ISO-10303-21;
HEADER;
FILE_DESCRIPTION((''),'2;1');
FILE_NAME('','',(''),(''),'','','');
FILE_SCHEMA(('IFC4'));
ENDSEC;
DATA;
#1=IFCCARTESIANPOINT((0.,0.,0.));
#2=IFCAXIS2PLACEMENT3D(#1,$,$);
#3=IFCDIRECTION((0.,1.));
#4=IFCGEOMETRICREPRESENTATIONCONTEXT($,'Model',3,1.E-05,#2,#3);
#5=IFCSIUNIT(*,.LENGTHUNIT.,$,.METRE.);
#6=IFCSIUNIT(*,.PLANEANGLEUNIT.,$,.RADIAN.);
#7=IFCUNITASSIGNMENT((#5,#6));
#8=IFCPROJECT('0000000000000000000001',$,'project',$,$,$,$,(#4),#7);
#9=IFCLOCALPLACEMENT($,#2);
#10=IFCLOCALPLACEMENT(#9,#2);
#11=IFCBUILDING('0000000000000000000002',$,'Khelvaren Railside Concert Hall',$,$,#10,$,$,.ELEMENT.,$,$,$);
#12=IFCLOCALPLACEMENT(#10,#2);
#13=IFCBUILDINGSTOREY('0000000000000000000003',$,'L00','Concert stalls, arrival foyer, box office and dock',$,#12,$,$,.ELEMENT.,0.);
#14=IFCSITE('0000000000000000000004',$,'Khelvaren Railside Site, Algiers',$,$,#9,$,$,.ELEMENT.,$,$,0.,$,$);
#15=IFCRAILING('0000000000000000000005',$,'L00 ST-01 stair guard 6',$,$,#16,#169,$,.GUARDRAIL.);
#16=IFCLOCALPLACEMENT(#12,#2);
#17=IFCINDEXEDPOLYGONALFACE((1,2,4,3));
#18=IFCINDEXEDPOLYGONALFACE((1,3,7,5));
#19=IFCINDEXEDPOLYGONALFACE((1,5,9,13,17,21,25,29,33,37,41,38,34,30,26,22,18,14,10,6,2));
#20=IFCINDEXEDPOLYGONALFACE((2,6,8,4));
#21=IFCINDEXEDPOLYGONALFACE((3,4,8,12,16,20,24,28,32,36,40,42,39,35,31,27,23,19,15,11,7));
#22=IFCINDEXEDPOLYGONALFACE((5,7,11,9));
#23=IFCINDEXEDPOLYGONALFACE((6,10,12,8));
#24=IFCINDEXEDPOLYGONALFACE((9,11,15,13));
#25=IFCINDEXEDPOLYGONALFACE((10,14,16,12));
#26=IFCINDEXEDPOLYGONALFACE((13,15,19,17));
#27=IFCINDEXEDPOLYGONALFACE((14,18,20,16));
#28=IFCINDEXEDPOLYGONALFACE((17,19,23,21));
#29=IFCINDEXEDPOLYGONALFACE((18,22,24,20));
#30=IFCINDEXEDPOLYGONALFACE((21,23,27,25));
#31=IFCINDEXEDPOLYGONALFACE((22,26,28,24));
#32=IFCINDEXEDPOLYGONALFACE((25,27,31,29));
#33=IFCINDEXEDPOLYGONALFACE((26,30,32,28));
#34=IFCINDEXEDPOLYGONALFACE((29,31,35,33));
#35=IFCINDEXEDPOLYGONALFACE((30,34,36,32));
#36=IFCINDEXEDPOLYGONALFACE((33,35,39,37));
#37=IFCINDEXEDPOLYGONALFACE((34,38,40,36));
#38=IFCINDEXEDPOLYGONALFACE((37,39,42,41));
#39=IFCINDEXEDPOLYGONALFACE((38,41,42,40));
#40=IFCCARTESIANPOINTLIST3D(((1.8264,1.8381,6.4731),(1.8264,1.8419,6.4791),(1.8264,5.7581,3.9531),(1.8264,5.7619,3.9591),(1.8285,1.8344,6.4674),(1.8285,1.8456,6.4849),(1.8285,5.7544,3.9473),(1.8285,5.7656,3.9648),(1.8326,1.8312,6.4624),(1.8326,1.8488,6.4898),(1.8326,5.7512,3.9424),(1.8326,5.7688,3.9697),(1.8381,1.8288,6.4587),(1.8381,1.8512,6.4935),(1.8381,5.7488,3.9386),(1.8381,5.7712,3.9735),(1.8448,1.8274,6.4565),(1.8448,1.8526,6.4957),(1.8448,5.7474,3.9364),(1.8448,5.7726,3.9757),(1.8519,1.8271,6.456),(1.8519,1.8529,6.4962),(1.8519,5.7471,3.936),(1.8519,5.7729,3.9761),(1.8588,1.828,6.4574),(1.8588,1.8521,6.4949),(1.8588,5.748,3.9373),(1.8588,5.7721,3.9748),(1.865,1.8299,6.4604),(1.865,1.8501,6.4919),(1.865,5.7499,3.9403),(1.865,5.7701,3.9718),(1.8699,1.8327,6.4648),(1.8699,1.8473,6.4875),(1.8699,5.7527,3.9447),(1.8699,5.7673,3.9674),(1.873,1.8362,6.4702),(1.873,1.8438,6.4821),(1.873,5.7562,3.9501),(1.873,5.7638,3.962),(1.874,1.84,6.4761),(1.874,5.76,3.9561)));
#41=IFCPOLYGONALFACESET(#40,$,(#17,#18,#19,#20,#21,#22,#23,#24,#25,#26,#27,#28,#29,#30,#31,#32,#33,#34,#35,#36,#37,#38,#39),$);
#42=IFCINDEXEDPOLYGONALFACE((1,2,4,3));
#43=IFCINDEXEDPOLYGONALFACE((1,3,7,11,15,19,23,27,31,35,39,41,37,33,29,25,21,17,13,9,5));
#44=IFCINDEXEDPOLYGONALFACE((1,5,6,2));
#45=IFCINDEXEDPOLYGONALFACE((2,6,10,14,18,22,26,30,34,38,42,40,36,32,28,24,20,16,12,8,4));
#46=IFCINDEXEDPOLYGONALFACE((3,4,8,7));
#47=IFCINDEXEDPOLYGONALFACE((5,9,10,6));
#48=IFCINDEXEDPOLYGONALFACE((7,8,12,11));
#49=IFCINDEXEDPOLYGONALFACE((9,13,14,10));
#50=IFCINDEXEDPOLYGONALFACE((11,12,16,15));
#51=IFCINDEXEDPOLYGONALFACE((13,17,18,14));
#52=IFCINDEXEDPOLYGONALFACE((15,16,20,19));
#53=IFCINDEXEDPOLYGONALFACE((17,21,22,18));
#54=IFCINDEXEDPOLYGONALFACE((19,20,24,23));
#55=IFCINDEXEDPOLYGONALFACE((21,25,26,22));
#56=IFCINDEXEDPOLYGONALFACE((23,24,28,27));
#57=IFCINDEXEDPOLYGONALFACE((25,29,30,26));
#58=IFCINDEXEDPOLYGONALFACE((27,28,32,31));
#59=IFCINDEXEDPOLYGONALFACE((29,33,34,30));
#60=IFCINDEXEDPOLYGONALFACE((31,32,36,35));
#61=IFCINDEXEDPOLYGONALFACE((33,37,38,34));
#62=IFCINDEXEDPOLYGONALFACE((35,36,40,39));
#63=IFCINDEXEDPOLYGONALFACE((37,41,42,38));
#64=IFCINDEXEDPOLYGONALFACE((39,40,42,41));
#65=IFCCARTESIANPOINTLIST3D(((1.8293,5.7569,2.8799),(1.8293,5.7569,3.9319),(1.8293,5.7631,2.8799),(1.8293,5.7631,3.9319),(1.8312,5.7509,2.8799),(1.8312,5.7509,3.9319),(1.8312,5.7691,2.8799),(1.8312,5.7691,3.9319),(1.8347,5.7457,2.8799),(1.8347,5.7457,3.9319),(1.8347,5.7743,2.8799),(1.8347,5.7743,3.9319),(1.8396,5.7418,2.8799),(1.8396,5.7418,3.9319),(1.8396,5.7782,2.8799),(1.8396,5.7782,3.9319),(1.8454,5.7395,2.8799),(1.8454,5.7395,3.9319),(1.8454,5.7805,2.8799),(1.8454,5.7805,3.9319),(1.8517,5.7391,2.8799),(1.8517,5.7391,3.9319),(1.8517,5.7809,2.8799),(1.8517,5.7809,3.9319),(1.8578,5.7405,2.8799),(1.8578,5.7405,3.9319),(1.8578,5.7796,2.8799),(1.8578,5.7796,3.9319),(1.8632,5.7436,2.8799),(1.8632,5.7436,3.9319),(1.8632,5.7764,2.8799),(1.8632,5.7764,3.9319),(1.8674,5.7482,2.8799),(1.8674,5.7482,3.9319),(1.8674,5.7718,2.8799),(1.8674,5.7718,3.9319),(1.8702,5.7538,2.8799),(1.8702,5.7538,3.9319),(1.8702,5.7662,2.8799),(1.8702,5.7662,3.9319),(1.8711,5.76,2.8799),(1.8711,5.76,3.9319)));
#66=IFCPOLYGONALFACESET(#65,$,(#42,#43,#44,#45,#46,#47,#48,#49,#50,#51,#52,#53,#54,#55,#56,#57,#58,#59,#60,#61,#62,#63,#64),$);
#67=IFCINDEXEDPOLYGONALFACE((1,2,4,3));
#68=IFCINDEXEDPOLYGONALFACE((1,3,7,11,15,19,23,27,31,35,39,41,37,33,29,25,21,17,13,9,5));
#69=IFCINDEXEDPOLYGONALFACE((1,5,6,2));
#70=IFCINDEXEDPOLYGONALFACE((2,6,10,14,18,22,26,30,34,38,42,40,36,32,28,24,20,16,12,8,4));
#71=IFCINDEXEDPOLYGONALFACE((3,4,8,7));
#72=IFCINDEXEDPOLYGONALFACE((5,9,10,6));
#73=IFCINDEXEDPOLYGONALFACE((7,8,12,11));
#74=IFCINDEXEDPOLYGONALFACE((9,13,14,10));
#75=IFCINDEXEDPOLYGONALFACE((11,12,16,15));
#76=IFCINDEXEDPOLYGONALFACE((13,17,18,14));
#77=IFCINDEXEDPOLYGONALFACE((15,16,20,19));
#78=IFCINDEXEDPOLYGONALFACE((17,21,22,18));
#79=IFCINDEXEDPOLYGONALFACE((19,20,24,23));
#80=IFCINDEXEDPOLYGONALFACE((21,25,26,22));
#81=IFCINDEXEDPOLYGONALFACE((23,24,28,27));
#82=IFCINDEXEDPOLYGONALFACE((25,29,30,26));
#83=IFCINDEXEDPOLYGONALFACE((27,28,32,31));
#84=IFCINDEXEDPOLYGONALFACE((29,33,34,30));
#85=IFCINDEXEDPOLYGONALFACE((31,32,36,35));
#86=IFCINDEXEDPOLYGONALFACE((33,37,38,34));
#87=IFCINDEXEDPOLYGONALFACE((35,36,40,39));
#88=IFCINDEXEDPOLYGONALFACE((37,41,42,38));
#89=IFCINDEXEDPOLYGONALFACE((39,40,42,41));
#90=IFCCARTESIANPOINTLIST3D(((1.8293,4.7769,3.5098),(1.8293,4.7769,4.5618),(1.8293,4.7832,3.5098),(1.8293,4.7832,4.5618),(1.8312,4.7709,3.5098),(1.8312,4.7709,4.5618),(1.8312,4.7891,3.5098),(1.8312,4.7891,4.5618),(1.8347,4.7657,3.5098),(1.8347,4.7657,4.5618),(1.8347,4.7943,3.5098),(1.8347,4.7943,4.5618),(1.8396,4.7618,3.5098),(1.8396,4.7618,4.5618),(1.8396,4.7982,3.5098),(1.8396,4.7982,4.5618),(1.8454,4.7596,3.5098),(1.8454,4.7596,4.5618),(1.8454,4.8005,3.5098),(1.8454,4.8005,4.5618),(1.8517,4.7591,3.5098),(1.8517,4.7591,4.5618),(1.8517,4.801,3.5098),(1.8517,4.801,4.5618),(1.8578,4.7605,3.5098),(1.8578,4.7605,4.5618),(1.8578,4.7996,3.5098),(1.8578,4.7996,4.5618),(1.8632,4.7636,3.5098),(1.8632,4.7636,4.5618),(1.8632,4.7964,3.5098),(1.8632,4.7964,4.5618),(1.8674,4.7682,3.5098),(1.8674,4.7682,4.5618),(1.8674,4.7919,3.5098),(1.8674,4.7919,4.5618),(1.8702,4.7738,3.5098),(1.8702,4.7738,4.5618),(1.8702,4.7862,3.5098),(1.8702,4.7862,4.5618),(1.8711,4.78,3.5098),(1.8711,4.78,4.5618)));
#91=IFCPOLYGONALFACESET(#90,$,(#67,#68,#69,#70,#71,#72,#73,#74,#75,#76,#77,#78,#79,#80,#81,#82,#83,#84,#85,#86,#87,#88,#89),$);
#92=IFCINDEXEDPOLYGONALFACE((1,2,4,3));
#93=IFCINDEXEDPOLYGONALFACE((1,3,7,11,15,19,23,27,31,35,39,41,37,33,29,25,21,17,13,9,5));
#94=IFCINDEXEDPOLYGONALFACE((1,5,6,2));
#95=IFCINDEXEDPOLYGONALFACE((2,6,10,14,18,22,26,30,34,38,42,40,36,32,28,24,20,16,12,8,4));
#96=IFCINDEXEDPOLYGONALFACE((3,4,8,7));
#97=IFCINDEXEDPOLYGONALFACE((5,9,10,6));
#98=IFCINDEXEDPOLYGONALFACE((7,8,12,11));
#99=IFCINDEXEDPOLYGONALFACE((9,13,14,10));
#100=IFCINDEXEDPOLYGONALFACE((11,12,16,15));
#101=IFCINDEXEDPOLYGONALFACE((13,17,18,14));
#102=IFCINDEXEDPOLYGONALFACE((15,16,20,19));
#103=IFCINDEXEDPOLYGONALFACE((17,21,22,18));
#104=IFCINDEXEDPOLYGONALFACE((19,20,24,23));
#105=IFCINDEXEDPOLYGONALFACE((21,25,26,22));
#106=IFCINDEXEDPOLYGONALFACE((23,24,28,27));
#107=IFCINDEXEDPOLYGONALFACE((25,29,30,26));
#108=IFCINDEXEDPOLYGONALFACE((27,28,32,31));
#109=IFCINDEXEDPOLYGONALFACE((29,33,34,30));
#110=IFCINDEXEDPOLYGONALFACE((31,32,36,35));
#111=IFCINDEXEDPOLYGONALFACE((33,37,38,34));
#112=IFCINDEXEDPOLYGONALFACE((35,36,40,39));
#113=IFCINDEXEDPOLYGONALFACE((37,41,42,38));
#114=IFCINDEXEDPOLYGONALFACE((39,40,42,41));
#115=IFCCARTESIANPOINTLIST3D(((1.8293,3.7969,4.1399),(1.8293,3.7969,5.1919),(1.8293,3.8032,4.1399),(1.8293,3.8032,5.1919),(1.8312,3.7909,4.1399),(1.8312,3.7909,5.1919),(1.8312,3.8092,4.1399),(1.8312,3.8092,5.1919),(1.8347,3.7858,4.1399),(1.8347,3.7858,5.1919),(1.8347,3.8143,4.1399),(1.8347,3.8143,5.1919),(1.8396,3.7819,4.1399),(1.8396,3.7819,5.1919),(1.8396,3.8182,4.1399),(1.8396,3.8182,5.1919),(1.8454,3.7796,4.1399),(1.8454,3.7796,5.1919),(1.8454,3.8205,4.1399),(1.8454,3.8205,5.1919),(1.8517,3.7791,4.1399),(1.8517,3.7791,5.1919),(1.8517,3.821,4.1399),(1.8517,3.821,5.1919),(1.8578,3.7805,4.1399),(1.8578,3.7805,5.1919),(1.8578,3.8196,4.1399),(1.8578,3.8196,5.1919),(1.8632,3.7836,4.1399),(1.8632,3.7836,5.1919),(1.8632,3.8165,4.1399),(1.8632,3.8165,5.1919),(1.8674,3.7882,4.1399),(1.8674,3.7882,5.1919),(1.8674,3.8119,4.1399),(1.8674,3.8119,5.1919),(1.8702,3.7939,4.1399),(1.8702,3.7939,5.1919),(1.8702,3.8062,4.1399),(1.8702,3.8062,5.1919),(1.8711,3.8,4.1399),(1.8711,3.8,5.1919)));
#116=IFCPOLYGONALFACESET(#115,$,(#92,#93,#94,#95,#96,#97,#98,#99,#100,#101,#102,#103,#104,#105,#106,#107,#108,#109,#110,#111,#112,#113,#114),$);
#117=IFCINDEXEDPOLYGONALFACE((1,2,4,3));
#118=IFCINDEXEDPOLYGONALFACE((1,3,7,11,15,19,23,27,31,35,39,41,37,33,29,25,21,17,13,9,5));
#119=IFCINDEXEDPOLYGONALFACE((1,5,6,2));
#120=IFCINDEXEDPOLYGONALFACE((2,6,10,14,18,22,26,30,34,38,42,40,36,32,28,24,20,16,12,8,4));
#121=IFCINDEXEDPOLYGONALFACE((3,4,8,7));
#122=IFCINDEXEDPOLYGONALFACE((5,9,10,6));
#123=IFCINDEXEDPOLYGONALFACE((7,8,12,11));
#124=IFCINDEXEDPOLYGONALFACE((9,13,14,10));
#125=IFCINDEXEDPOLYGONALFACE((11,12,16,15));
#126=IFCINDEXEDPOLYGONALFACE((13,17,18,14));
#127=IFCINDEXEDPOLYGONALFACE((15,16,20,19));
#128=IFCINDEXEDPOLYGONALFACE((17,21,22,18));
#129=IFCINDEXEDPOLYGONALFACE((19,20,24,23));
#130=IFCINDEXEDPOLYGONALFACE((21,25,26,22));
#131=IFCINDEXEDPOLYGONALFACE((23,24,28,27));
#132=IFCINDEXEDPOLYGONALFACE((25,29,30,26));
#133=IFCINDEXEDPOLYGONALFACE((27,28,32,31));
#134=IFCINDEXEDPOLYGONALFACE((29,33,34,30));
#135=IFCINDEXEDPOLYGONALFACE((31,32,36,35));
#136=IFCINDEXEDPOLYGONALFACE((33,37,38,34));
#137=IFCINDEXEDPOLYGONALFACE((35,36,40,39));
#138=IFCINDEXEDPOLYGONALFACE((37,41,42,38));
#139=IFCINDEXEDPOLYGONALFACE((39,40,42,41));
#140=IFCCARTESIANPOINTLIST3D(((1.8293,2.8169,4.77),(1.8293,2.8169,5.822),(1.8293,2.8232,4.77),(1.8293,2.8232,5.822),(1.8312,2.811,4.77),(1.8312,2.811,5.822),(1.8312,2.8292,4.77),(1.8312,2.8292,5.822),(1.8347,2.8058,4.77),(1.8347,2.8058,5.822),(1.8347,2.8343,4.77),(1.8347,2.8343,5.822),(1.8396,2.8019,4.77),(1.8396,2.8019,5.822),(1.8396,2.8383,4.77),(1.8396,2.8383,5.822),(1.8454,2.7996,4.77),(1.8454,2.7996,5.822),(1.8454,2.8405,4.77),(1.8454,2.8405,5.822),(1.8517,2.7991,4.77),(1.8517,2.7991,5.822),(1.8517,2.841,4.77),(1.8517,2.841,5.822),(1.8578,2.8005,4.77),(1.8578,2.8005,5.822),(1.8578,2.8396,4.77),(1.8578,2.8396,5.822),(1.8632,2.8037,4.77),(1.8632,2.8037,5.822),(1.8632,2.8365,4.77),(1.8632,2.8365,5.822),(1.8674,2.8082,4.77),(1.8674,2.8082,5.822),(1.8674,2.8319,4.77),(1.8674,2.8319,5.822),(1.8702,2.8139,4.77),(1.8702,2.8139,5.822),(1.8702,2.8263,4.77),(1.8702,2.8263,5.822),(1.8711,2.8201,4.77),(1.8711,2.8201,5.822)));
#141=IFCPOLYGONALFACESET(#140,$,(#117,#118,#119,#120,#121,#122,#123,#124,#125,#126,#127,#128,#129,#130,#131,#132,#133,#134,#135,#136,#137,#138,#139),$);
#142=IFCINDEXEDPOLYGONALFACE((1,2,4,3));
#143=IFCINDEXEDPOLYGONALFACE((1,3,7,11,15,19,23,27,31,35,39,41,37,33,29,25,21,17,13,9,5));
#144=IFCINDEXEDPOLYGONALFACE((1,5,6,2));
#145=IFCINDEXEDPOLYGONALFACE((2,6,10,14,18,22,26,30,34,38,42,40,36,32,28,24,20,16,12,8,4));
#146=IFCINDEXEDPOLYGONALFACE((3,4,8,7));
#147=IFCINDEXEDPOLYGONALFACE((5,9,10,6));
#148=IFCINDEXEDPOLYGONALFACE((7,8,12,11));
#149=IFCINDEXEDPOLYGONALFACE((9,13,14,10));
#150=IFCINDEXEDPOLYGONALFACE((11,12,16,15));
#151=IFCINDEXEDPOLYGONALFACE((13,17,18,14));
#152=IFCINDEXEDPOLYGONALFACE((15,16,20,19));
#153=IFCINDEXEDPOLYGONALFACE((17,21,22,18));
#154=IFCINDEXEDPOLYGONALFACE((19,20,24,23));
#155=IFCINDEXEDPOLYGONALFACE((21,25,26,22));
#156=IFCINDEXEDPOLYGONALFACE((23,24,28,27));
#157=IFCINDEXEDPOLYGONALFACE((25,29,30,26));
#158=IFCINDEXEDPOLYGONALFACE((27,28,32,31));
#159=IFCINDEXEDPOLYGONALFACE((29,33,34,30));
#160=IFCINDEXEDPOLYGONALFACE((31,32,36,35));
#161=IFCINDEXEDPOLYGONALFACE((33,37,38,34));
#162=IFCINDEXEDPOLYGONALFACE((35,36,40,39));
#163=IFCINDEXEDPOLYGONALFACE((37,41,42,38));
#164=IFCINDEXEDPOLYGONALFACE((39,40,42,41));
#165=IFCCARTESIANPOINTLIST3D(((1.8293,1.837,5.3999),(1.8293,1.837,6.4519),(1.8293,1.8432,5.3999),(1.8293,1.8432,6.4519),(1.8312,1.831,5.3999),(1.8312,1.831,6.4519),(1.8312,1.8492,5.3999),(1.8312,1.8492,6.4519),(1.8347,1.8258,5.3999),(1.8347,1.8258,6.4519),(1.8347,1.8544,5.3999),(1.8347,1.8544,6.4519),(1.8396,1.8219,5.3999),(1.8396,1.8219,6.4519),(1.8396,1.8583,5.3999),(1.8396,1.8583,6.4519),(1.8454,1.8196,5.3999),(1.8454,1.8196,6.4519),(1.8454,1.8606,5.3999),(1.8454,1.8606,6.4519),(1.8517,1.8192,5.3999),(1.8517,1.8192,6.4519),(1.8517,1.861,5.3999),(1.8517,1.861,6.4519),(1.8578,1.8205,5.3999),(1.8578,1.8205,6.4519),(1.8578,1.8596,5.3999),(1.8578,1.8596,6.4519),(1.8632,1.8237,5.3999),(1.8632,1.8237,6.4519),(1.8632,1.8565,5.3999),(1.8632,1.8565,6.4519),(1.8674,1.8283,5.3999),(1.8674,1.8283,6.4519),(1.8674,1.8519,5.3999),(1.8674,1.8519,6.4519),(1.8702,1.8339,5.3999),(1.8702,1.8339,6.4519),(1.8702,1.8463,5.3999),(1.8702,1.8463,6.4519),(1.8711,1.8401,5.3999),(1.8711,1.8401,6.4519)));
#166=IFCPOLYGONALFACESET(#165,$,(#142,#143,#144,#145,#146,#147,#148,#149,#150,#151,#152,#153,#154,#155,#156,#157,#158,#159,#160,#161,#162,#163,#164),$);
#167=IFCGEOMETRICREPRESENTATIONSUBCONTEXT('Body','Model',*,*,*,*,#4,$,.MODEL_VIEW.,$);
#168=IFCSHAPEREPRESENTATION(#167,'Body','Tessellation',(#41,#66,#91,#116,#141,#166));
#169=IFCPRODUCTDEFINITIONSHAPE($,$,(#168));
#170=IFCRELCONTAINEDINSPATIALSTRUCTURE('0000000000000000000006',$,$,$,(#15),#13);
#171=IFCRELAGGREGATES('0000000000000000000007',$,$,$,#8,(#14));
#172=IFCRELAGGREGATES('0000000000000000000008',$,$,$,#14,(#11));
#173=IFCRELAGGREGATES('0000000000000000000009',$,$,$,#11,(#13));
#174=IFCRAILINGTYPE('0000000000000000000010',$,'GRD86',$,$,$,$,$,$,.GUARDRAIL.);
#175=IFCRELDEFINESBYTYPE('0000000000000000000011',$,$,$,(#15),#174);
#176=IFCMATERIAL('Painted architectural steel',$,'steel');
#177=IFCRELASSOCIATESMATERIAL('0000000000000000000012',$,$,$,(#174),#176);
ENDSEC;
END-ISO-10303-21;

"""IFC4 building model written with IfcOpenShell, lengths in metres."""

from ifc_helpers import new_model, si_unit, direction, frame, origin, origin_2d, place, context, subcontext, project, spatial, circle, extrude, material, type_object, element, save


model = new_model("IFC4")

# Units and contexts
model_context = context("Model", 3, precision=1e-05, world=origin(), true_north=direction((0.0, 1.0)))
body_context = subcontext(model_context, "Body", "Model", "MODEL_VIEW")
ifc_project = project(units=[si_unit("LENGTHUNIT", "METRE"), si_unit("PLANEANGLEUNIT", "RADIAN")], contexts=[model_context])

# Site, building, storey
site_placement = place(None, origin())
site = spatial("IfcSite", under=ifc_project, at=site_placement, Name="Khelvaren Railside Site, Algiers", CompositionType="ELEMENT", RefElevation=0.0)
building_placement = place(site_placement, origin())
building = spatial("IfcBuilding", under=site, at=building_placement, Name="Khelvaren Railside Concert Hall", CompositionType="ELEMENT")
storey_placement = place(building_placement, origin())
storey = spatial("IfcBuildingStorey", under=building, at=storey_placement, Name="L00", Description="Concert stalls, arrival foyer, box office and dock", CompositionType="ELEMENT", Elevation=0.0)

# Railing
ifc_material_1 = material(Name="Painted architectural steel", Category="steel")
railing_type_1 = type_object("IfcRailingType", Name="GRD86", PredefinedType="GUARDRAIL", material=ifc_material_1)
railing_1_placement = place(storey_placement, frame((1.8501, 5.76, 2.8799)))
element("IfcRailing", 1, at=railing_1_placement, inside=storey, type_object=railing_type_1, Name="L00 ST-01 stair guard 6", PredefinedType="GUARDRAIL", context=body_context, shape_type="SweptSolid", body=[
    extrude(circle(Radius=0.0239, at=origin_2d()), frame((0.0, 0.0, 1.0762), z_axis=(0.0, -0.841172, 0.540768), x_axis=(1.0, 0.0, 0.0)), (0.0, 0.0, 1.0), 4.6602),
    extrude(circle(Radius=0.021, at=origin_2d()), origin(), (0.0, 0.0, 1.0), 1.052),
    extrude(circle(Radius=0.021, at=origin_2d()), frame((0.0, -0.98, 0.6299)), (0.0, 0.0, 1.0), 1.052),
    extrude(circle(Radius=0.021, at=origin_2d()), frame((0.0, -1.96, 1.26)), (0.0, 0.0, 1.0), 1.052),
    extrude(circle(Radius=0.021, at=origin_2d()), frame((0.0, -2.9399, 1.8901)), (0.0, 0.0, 1.0), 1.052),
    extrude(circle(Radius=0.021, at=origin_2d()), frame((0.0, -3.9199, 2.52)), (0.0, 0.0, 1.0), 1.052),
])

save(model, "model.ifc")
